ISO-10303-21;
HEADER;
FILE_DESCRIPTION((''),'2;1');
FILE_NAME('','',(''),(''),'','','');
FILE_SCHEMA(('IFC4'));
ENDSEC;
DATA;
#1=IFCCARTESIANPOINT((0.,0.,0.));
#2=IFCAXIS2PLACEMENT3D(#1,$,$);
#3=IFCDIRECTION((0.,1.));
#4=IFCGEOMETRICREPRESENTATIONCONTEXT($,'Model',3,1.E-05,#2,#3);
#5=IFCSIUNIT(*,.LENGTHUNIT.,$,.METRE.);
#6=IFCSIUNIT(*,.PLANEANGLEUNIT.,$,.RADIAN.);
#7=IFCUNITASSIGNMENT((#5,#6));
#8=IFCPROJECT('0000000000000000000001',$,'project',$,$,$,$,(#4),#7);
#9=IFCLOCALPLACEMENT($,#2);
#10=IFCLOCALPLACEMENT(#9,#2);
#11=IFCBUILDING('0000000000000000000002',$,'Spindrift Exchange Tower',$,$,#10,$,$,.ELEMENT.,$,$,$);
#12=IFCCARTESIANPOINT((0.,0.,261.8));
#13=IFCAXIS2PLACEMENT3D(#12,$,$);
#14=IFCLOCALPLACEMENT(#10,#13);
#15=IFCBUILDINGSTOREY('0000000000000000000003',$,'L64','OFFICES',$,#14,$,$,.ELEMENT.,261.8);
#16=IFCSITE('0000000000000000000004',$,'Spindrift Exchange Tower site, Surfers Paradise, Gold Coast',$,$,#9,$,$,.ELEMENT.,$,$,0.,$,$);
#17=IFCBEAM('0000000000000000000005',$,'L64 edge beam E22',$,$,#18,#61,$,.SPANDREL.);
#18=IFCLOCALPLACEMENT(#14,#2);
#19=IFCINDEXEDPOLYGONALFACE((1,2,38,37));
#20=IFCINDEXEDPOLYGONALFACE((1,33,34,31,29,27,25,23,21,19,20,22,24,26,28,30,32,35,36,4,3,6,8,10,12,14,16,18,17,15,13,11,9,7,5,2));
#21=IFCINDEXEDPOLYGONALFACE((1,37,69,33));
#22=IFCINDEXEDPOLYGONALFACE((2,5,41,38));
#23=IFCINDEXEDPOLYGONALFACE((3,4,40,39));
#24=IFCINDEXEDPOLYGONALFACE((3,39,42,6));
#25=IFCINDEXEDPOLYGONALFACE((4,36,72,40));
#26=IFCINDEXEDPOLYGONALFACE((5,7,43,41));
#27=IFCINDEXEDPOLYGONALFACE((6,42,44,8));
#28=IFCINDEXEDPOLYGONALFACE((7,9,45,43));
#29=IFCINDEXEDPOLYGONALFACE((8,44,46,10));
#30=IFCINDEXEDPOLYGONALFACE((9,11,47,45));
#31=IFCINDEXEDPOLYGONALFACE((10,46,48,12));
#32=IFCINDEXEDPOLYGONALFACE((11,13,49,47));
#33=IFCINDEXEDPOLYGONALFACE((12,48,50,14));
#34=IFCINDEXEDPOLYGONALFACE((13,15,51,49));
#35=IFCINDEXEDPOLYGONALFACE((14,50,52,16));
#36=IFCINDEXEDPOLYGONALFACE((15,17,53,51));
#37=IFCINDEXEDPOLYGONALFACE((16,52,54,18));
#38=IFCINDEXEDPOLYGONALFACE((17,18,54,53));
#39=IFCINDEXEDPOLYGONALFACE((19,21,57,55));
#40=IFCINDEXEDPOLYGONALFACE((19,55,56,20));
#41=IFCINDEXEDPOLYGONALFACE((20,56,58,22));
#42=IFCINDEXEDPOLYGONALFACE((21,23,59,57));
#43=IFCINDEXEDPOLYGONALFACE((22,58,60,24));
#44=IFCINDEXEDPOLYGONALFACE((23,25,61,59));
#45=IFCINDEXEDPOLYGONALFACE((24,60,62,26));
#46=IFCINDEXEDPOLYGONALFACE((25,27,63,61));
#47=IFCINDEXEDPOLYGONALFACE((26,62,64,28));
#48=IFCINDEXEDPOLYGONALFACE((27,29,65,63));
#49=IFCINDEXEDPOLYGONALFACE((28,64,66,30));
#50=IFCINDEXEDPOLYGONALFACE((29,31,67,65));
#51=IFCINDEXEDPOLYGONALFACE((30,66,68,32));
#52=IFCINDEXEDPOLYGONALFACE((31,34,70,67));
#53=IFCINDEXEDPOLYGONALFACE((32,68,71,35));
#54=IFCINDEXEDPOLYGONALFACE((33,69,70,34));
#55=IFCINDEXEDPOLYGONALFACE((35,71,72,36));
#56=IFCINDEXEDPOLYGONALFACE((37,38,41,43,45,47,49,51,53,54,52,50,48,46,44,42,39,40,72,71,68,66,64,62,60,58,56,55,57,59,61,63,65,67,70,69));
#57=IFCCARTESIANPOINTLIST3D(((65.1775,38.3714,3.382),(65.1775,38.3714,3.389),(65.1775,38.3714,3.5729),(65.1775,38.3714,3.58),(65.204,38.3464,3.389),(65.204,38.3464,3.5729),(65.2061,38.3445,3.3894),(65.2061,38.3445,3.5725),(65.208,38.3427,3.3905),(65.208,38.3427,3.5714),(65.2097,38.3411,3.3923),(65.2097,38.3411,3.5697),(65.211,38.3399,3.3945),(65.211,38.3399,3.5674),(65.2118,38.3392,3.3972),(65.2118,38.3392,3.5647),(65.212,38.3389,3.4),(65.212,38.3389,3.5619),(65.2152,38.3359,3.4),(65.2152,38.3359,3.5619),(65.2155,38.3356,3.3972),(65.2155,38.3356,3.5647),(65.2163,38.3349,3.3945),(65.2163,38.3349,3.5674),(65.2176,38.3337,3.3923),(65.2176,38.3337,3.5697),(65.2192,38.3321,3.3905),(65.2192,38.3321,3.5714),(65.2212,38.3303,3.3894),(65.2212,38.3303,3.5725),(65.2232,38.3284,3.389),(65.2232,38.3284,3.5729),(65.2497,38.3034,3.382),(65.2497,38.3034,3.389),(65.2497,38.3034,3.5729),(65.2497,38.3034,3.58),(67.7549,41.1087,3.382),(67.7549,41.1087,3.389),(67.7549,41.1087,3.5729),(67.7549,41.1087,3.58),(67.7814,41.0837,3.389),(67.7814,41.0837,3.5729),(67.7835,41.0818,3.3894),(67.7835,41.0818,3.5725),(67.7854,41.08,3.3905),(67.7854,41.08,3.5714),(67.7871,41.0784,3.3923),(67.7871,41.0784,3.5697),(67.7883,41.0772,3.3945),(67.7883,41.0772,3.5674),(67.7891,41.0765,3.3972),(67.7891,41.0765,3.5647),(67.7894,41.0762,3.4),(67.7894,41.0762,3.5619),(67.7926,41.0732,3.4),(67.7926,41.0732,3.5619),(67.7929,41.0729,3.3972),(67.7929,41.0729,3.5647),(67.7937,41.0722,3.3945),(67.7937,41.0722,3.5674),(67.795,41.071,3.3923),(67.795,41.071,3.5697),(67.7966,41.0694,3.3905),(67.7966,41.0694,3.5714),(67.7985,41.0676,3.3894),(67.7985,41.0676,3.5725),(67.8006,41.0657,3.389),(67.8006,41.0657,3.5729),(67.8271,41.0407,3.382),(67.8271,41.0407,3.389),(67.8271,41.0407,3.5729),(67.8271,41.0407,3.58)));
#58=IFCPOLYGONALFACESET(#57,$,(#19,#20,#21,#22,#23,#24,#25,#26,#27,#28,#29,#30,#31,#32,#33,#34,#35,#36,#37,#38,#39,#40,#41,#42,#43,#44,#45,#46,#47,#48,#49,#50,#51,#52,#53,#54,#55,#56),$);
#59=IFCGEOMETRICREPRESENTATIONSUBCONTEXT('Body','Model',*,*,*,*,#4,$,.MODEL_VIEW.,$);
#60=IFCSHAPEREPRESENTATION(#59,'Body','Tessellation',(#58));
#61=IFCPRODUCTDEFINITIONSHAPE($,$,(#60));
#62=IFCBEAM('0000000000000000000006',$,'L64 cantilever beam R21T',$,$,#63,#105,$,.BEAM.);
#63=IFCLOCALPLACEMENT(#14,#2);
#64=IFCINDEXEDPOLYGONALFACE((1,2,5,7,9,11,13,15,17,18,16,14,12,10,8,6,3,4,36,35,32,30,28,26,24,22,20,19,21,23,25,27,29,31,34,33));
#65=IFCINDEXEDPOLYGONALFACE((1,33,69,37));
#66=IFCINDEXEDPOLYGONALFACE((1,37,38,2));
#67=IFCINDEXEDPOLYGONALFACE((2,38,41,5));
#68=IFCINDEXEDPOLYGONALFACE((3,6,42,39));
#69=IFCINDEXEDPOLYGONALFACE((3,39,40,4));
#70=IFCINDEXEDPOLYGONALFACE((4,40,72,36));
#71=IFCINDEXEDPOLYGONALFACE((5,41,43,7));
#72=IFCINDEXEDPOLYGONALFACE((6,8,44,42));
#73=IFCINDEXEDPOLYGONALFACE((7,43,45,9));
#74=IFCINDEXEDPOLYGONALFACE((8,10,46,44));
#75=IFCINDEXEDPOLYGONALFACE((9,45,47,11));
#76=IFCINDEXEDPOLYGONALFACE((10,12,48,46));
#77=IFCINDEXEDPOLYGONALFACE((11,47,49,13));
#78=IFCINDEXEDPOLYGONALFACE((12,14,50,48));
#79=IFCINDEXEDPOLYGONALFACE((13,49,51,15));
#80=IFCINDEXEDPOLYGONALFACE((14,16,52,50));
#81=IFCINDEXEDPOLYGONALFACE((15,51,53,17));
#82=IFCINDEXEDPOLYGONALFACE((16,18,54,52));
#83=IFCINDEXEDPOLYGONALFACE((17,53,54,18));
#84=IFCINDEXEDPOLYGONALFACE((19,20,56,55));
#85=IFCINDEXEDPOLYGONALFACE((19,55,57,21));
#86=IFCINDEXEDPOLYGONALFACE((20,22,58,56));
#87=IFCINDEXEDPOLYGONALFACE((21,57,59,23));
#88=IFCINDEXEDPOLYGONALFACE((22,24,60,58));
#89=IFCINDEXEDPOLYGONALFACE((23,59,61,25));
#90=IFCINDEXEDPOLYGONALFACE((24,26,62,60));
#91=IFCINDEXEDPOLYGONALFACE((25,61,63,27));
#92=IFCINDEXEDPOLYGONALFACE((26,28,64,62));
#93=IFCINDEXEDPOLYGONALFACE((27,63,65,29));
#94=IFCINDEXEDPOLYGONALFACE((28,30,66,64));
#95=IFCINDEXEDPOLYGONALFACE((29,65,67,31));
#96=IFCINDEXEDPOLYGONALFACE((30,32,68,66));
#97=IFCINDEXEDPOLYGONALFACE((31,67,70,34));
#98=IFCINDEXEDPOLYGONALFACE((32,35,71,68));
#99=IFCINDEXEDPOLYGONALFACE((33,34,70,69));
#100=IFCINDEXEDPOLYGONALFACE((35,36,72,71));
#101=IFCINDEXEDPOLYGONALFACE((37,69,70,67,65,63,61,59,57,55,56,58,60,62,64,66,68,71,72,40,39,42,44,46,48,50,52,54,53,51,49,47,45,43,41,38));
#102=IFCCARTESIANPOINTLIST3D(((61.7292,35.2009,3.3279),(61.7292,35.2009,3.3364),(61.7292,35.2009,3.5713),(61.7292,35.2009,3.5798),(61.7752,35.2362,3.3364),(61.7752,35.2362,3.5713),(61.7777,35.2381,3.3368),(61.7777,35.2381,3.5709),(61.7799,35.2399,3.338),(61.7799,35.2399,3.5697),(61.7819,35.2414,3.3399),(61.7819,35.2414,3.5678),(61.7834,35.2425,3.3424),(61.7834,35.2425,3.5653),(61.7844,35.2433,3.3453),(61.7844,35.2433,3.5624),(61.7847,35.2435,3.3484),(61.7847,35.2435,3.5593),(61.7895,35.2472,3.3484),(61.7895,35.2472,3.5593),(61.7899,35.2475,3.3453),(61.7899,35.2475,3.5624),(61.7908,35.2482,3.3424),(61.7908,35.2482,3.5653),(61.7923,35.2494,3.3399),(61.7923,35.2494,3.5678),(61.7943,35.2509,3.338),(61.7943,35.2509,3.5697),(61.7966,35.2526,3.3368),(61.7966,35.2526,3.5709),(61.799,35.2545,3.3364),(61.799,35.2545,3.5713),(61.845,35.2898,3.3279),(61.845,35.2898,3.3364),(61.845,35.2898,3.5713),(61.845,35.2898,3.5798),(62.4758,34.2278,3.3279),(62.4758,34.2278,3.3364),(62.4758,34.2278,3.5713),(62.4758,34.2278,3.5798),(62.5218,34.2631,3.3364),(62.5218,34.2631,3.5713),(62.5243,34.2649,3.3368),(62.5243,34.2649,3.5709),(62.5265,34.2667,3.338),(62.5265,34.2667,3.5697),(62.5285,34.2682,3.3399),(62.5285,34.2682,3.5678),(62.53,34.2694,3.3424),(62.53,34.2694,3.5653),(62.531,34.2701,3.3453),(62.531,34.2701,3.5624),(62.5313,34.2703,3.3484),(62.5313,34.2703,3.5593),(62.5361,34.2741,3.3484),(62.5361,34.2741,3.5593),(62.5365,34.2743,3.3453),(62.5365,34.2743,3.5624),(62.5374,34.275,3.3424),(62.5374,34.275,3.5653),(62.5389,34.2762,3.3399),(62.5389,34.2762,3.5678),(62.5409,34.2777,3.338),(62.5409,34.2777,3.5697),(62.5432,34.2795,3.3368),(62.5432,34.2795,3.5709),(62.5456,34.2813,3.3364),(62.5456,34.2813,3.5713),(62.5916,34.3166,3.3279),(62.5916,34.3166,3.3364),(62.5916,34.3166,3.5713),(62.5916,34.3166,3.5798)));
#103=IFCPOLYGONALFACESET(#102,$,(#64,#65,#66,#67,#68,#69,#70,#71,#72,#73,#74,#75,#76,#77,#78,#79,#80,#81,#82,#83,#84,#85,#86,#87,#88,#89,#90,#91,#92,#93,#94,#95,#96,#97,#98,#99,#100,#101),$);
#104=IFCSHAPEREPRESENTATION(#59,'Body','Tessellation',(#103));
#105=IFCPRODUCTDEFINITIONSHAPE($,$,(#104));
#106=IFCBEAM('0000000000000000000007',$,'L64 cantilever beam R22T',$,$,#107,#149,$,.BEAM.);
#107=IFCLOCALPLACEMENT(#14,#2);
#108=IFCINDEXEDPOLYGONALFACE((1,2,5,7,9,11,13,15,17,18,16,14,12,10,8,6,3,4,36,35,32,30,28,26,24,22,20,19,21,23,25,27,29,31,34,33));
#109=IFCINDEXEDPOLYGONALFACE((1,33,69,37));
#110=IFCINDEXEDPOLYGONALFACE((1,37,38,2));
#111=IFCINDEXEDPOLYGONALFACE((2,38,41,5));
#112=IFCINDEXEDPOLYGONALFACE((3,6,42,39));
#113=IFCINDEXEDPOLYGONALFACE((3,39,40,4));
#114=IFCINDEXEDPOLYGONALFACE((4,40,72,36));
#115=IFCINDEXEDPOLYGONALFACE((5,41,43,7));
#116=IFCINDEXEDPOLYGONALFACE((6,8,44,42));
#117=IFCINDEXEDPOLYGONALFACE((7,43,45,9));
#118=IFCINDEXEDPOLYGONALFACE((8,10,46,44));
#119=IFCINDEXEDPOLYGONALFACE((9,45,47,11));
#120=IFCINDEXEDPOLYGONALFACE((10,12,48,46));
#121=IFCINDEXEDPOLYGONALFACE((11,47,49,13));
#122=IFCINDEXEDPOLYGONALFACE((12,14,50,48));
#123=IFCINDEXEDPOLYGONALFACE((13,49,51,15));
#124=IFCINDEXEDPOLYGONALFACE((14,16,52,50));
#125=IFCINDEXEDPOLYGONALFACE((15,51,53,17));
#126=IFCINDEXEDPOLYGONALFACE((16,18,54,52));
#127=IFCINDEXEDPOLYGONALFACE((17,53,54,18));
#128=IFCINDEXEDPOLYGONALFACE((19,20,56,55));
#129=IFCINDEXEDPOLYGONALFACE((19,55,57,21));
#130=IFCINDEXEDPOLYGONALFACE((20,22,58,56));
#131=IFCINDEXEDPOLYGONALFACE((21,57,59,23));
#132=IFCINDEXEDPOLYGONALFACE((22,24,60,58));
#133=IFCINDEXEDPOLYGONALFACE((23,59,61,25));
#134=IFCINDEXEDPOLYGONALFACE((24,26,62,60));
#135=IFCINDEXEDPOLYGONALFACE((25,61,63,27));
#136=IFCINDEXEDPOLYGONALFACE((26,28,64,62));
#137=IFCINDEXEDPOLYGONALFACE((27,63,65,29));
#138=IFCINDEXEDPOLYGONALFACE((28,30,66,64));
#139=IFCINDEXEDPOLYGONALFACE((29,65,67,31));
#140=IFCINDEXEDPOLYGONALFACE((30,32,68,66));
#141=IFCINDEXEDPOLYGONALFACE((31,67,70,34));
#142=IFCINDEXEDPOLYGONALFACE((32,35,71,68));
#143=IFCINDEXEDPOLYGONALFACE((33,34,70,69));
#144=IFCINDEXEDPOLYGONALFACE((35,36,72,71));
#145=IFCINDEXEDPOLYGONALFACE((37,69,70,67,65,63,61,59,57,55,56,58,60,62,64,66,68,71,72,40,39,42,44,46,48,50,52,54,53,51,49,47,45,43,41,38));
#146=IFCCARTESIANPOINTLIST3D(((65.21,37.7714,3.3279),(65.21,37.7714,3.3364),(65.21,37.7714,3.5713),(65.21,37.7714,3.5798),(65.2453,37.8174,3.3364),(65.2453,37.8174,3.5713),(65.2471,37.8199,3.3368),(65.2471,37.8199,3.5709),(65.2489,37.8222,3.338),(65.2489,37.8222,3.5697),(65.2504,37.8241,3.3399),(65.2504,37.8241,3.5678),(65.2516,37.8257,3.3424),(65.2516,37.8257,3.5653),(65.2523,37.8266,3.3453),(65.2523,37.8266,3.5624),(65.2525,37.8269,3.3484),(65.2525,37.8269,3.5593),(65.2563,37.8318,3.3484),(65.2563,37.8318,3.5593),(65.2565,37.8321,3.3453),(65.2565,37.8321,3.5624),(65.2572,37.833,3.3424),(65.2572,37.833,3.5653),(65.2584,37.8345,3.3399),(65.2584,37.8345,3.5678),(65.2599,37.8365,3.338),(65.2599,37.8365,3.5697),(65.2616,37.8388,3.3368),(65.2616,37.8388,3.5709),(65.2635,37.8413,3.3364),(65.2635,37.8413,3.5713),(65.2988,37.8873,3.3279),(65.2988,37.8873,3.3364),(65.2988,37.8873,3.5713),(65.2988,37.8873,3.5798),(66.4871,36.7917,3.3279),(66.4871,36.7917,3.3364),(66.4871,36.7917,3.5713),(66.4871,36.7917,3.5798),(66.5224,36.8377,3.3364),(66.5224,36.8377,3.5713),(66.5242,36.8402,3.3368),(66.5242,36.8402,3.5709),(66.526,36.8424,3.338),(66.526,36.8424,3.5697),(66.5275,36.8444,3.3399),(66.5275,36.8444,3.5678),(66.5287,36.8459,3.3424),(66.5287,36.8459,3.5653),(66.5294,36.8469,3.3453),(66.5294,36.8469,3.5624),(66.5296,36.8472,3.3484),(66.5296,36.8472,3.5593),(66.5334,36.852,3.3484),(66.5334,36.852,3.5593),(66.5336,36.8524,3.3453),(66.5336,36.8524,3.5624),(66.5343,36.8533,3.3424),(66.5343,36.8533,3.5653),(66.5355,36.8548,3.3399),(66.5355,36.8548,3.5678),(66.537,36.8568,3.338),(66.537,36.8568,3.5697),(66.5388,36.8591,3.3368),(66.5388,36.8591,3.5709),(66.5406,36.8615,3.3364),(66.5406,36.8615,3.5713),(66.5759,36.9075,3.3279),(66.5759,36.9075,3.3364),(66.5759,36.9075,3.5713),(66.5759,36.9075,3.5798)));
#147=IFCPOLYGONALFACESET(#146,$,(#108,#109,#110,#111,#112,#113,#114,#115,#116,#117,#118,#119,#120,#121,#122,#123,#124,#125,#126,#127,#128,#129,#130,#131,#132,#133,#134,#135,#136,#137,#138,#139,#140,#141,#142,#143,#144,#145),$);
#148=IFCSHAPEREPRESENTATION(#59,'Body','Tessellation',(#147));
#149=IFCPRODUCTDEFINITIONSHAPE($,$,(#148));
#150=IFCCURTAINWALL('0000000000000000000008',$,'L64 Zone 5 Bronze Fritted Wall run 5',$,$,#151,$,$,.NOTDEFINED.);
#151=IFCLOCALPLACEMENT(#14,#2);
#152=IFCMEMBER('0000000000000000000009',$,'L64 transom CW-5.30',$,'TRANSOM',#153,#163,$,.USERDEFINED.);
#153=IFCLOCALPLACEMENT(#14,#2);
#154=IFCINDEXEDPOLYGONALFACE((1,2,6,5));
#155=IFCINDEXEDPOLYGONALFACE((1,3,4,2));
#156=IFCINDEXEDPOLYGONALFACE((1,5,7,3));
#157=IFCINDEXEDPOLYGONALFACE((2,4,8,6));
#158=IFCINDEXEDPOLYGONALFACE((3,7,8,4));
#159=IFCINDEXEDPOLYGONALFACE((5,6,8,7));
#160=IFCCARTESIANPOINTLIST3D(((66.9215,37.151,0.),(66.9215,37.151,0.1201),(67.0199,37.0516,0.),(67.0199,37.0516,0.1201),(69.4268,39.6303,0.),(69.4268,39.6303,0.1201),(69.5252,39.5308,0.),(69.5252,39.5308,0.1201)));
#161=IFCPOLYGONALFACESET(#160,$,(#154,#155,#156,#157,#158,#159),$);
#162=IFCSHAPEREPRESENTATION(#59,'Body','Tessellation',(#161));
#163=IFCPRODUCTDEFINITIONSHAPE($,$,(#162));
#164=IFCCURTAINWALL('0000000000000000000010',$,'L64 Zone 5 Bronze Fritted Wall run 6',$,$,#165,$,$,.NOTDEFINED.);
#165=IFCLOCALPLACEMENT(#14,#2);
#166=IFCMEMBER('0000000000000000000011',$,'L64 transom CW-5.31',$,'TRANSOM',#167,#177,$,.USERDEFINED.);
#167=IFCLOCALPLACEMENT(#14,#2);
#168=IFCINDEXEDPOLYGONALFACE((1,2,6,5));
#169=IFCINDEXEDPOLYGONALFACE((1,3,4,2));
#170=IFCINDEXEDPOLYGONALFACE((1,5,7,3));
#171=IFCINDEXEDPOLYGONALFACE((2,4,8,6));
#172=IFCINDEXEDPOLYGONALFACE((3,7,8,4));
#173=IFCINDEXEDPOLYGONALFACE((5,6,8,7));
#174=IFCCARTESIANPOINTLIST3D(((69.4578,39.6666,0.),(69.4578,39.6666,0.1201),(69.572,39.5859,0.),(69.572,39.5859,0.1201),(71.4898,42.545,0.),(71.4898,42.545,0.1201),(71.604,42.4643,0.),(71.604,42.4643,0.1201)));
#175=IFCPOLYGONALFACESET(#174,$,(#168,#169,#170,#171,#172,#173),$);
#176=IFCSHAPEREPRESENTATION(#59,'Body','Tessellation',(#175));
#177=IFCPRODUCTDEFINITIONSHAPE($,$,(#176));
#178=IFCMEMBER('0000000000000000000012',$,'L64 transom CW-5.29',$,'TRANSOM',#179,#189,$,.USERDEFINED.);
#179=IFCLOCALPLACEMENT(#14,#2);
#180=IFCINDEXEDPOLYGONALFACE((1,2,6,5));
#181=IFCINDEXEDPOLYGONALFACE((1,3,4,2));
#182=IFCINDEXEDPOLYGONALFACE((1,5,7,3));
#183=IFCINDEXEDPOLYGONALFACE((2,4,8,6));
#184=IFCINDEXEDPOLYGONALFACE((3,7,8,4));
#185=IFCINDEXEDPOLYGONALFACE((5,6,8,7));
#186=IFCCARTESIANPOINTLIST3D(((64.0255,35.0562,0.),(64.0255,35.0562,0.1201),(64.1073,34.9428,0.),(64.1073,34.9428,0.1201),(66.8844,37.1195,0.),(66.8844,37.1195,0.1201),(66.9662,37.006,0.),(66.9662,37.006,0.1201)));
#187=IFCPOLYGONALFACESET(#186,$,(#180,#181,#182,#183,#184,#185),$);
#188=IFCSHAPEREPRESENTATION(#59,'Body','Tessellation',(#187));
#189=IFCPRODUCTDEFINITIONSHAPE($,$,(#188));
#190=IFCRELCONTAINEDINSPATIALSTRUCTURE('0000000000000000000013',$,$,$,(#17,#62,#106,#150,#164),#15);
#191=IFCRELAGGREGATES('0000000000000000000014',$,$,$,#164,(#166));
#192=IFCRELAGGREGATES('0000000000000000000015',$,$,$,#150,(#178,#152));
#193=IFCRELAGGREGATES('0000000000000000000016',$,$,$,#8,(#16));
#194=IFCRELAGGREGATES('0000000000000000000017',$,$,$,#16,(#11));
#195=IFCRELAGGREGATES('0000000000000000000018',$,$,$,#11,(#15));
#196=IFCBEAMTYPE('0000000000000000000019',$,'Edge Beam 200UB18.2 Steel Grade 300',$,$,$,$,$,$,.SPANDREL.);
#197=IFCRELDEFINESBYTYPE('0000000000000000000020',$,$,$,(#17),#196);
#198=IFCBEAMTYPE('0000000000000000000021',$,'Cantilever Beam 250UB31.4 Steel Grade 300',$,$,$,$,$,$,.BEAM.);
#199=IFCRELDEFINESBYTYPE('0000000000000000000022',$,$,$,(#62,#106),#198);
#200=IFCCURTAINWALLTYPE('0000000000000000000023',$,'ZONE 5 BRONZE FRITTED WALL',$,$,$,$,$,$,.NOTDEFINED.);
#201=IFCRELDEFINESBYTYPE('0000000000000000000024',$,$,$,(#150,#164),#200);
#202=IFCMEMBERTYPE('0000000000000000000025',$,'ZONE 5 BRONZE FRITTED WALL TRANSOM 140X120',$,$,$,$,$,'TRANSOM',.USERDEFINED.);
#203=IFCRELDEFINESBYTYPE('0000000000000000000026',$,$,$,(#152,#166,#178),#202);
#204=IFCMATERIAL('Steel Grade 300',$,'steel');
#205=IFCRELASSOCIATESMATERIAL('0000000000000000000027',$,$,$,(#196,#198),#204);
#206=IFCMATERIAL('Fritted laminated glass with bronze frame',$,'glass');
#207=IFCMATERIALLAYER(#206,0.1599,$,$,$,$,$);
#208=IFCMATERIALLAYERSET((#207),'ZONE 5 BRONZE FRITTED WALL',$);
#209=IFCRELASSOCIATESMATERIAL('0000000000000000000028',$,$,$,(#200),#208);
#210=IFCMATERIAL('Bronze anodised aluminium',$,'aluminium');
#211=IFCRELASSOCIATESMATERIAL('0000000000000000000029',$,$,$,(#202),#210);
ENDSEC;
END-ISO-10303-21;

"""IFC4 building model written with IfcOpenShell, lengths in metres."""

from ifc_helpers import new_model, si_unit, direction, frame, origin, origin_2d, place, context, subcontext, project, spatial, rectangle, i_section, extrude, source, transform, mapped, material, layer, layer_set, material_profile, profile_set, type_object, element, aggregate, save


model = new_model("IFC4")

# Units and contexts
model_context = context("Model", 3, precision=1e-05, world=origin(), true_north=direction((0.0, 1.0)))
body_context = subcontext(model_context, "Body", "Model", "MODEL_VIEW")
ifc_project = project(units=[si_unit("LENGTHUNIT", "METRE"), si_unit("PLANEANGLEUNIT", "RADIAN")], contexts=[model_context])

# Site, building, storey
site_placement = place(None, origin())
site = spatial("IfcSite", under=ifc_project, at=site_placement, Name="Spindrift Exchange Tower site, Surfers Paradise, Gold Coast", CompositionType="ELEMENT", RefElevation=0.0)
building_placement = place(site_placement, origin())
building = spatial("IfcBuilding", under=site, at=building_placement, Name="Spindrift Exchange Tower", CompositionType="ELEMENT")
storey_placement = place(building_placement, frame((0.0, 0.0, 261.8)))
storey = spatial("IfcBuildingStorey", under=building, at=storey_placement, Name="L64", Description="OFFICES", CompositionType="ELEMENT", Elevation=261.8)

# Beams
ifc_material_1 = material(Name="Steel Grade 300", Category="steel")
ifc_material_profile_1 = material_profile(ifc_material_1, i_section(OverallWidth=0.0991, OverallDepth=0.198, WebThickness=0.0044, FlangeThickness=0.0071, FilletRadius=0.011, at=origin_2d()), Name="200UB18.2")
ifc_profile_set_1 = profile_set([ifc_material_profile_1], Name="Steel Grade 300")
beam_type_1 = type_object("IfcBeamType", Name="Edge Beam 200UB18.2 Steel Grade 300", PredefinedType="SPANDREL", material=ifc_profile_set_1)
shared_shape_1 = source(origin(), body_context, "Body", "SweptSolid", [
    extrude(i_section(OverallWidth=0.0991, OverallDepth=0.198, WebThickness=0.0044, FlangeThickness=0.0071, FilletRadius=0.011, at=origin_2d()), origin(), (0.0, 0.0, 1.0), 3.7598),
])
beam_1_placement = place(storey_placement, frame((65.2136, 38.3374, 3.481), z_axis=(0.685521, 0.728053, 0.0), x_axis=(-0.728053, 0.685521, 0.0)))
element("IfcBeam", 1, at=beam_1_placement, inside=storey, type_object=beam_type_1, Name="L64 edge beam E22", PredefinedType="SPANDREL", context=body_context, shape_type="MappedRepresentation", body=[
    mapped(shared_shape_1, transform((0.0, 0.0, 0.0), scale=1.0)),
])
ifc_material_profile_2 = material_profile(ifc_material_1, i_section(OverallWidth=0.146, OverallDepth=0.252, WebThickness=0.0061, FlangeThickness=0.0085, FilletRadius=0.012, at=origin_2d()), Name="250UB31.4")
ifc_profile_set_2 = profile_set([ifc_material_profile_2], Name="Steel Grade 300")
beam_type_2 = type_object("IfcBeamType", Name="Cantilever Beam 250UB31.4 Steel Grade 300", PredefinedType="BEAM", material=ifc_profile_set_2)
shared_shape_2 = source(origin(), body_context, "Body", "SweptSolid", [
    extrude(i_section(OverallWidth=0.146, OverallDepth=0.252, WebThickness=0.0061, FlangeThickness=0.0085, FilletRadius=0.012, at=origin_2d()), origin(), (0.0, 0.0, 1.0), 1.2266),
])
beam_2_placement = place(storey_placement, frame((61.7871, 35.2454, 3.4539), z_axis=(0.608691, -0.793408, 0.0), x_axis=(0.793408, 0.608691, 0.0)))
element("IfcBeam", 2, at=beam_2_placement, inside=storey, type_object=beam_type_2, Name="L64 cantilever beam R21T", PredefinedType="BEAM", context=body_context, shape_type="MappedRepresentation", body=[
    mapped(shared_shape_2, transform((0.0, 0.0, 0.0), scale=1.0)),
])
shared_shape_3 = source(origin(), body_context, "Body", "SweptSolid", [
    extrude(i_section(OverallWidth=0.146, OverallDepth=0.252, WebThickness=0.0061, FlangeThickness=0.0085, FilletRadius=0.012, at=origin_2d()), origin(), (0.0, 0.0, 1.0), 1.6096),
])
beam_3_placement = place(storey_placement, frame((65.2544, 37.8293, 3.4539), z_axis=(0.793418, -0.608677, 0.0), x_axis=(0.608677, 0.793418, 0.0)))
element("IfcBeam", 3, at=beam_3_placement, inside=storey, type_object=beam_type_2, Name="L64 cantilever beam R22T", PredefinedType="BEAM", context=body_context, shape_type="MappedRepresentation", body=[
    mapped(shared_shape_3, transform((0.0, 0.0, 0.0), scale=1.0)),
])

# Curtain walls, members
ifc_material_2 = material(Name="Fritted laminated glass with bronze frame", Category="glass")
ifc_layer_1 = layer(ifc_material_2, 0.1599)
ifc_layer_set_1 = layer_set([ifc_layer_1], Name="ZONE 5 BRONZE FRITTED WALL")
curtain_wall_type = type_object("IfcCurtainWallType", Name="ZONE 5 BRONZE FRITTED WALL", PredefinedType="NOTDEFINED", material=ifc_layer_set_1)
curtain_wall_1_placement = place(storey_placement, origin())
curtain_wall_1 = element("IfcCurtainWall", 4, at=curtain_wall_1_placement, inside=storey, type_object=curtain_wall_type, Name="L64 Zone 5 Bronze Fritted Wall run 5", PredefinedType="NOTDEFINED")
ifc_material_3 = material(Name="Bronze anodised aluminium", Category="aluminium")
ifc_material_profile_3 = material_profile(ifc_material_3, rectangle(XDim=0.1399, YDim=0.1201, at=origin_2d()), Name="ZONE 5 BRONZE FRITTED WALL TRANSOM 140X120")
ifc_profile_set_3 = profile_set([ifc_material_profile_3], Name="Bronze anodised aluminium")
member_type_1 = type_object("IfcMemberType", Name="ZONE 5 BRONZE FRITTED WALL TRANSOM 140X120", ElementType="TRANSOM", PredefinedType="USERDEFINED", material=ifc_profile_set_3)
shared_shape_4 = source(origin(), body_context, "Body", "SweptSolid", [
    extrude(rectangle(XDim=0.1399, YDim=0.1201, at=origin_2d()), origin(), (0.0, 0.0, 1.0), 3.5247),
])
member_1_placement = place(storey_placement, frame((66.9707, 37.1013, 0.0601), z_axis=(0.710803, 0.703391, 0.0), x_axis=(-0.703391, 0.710803, 0.0)))
member_1 = element("IfcMember", 5, at=member_1_placement, type_object=member_type_1, Name="L64 transom CW-5.30", ObjectType="TRANSOM", PredefinedType="USERDEFINED", context=body_context, shape_type="MappedRepresentation", body=[
    mapped(shared_shape_4, transform((0.0, 0.0, 0.0), scale=1.0)),
])
curtain_wall_2_placement = place(storey_placement, origin())
curtain_wall_2 = element("IfcCurtainWall", 6, at=curtain_wall_2_placement, inside=storey, type_object=curtain_wall_type, Name="L64 Zone 5 Bronze Fritted Wall run 6", PredefinedType="NOTDEFINED")
shared_shape_5 = source(origin(), body_context, "Body", "SweptSolid", [
    extrude(rectangle(XDim=0.1399, YDim=0.1201, at=origin_2d()), origin(), (0.0, 0.0, 1.0), 3.5234),
])
member_2_placement = place(storey_placement, frame((69.5149, 39.6262, 0.0601), z_axis=(0.576713, 0.816947, 0.0), x_axis=(-0.816947, 0.576713, 0.0)))
member_2 = element("IfcMember", 7, at=member_2_placement, type_object=member_type_1, Name="L64 transom CW-5.31", ObjectType="TRANSOM", PredefinedType="USERDEFINED", context=body_context, shape_type="MappedRepresentation", body=[
    mapped(shared_shape_5, transform((0.0, 0.0, 0.0), scale=1.0)),
])

# Member
shared_shape_6 = source(origin(), body_context, "Body", "SweptSolid", [
    extrude(rectangle(XDim=0.1399, YDim=0.1201, at=origin_2d()), origin(), (0.0, 0.0, 1.0), 3.5256),
])
member_3_placement = place(storey_placement, frame((64.0664, 34.9995, 0.0601), z_axis=(0.810884, 0.585207, 0.0), x_axis=(-0.585207, 0.810884, 0.0)))
member_3 = element("IfcMember", 8, at=member_3_placement, type_object=member_type_1, Name="L64 transom CW-5.29", ObjectType="TRANSOM", PredefinedType="USERDEFINED", context=body_context, shape_type="MappedRepresentation", body=[
    mapped(shared_shape_6, transform((0.0, 0.0, 0.0), scale=1.0)),
])

aggregate(curtain_wall_2, [member_2])
aggregate(curtain_wall_1, [member_3, member_1])

save(model, "model.ifc")
